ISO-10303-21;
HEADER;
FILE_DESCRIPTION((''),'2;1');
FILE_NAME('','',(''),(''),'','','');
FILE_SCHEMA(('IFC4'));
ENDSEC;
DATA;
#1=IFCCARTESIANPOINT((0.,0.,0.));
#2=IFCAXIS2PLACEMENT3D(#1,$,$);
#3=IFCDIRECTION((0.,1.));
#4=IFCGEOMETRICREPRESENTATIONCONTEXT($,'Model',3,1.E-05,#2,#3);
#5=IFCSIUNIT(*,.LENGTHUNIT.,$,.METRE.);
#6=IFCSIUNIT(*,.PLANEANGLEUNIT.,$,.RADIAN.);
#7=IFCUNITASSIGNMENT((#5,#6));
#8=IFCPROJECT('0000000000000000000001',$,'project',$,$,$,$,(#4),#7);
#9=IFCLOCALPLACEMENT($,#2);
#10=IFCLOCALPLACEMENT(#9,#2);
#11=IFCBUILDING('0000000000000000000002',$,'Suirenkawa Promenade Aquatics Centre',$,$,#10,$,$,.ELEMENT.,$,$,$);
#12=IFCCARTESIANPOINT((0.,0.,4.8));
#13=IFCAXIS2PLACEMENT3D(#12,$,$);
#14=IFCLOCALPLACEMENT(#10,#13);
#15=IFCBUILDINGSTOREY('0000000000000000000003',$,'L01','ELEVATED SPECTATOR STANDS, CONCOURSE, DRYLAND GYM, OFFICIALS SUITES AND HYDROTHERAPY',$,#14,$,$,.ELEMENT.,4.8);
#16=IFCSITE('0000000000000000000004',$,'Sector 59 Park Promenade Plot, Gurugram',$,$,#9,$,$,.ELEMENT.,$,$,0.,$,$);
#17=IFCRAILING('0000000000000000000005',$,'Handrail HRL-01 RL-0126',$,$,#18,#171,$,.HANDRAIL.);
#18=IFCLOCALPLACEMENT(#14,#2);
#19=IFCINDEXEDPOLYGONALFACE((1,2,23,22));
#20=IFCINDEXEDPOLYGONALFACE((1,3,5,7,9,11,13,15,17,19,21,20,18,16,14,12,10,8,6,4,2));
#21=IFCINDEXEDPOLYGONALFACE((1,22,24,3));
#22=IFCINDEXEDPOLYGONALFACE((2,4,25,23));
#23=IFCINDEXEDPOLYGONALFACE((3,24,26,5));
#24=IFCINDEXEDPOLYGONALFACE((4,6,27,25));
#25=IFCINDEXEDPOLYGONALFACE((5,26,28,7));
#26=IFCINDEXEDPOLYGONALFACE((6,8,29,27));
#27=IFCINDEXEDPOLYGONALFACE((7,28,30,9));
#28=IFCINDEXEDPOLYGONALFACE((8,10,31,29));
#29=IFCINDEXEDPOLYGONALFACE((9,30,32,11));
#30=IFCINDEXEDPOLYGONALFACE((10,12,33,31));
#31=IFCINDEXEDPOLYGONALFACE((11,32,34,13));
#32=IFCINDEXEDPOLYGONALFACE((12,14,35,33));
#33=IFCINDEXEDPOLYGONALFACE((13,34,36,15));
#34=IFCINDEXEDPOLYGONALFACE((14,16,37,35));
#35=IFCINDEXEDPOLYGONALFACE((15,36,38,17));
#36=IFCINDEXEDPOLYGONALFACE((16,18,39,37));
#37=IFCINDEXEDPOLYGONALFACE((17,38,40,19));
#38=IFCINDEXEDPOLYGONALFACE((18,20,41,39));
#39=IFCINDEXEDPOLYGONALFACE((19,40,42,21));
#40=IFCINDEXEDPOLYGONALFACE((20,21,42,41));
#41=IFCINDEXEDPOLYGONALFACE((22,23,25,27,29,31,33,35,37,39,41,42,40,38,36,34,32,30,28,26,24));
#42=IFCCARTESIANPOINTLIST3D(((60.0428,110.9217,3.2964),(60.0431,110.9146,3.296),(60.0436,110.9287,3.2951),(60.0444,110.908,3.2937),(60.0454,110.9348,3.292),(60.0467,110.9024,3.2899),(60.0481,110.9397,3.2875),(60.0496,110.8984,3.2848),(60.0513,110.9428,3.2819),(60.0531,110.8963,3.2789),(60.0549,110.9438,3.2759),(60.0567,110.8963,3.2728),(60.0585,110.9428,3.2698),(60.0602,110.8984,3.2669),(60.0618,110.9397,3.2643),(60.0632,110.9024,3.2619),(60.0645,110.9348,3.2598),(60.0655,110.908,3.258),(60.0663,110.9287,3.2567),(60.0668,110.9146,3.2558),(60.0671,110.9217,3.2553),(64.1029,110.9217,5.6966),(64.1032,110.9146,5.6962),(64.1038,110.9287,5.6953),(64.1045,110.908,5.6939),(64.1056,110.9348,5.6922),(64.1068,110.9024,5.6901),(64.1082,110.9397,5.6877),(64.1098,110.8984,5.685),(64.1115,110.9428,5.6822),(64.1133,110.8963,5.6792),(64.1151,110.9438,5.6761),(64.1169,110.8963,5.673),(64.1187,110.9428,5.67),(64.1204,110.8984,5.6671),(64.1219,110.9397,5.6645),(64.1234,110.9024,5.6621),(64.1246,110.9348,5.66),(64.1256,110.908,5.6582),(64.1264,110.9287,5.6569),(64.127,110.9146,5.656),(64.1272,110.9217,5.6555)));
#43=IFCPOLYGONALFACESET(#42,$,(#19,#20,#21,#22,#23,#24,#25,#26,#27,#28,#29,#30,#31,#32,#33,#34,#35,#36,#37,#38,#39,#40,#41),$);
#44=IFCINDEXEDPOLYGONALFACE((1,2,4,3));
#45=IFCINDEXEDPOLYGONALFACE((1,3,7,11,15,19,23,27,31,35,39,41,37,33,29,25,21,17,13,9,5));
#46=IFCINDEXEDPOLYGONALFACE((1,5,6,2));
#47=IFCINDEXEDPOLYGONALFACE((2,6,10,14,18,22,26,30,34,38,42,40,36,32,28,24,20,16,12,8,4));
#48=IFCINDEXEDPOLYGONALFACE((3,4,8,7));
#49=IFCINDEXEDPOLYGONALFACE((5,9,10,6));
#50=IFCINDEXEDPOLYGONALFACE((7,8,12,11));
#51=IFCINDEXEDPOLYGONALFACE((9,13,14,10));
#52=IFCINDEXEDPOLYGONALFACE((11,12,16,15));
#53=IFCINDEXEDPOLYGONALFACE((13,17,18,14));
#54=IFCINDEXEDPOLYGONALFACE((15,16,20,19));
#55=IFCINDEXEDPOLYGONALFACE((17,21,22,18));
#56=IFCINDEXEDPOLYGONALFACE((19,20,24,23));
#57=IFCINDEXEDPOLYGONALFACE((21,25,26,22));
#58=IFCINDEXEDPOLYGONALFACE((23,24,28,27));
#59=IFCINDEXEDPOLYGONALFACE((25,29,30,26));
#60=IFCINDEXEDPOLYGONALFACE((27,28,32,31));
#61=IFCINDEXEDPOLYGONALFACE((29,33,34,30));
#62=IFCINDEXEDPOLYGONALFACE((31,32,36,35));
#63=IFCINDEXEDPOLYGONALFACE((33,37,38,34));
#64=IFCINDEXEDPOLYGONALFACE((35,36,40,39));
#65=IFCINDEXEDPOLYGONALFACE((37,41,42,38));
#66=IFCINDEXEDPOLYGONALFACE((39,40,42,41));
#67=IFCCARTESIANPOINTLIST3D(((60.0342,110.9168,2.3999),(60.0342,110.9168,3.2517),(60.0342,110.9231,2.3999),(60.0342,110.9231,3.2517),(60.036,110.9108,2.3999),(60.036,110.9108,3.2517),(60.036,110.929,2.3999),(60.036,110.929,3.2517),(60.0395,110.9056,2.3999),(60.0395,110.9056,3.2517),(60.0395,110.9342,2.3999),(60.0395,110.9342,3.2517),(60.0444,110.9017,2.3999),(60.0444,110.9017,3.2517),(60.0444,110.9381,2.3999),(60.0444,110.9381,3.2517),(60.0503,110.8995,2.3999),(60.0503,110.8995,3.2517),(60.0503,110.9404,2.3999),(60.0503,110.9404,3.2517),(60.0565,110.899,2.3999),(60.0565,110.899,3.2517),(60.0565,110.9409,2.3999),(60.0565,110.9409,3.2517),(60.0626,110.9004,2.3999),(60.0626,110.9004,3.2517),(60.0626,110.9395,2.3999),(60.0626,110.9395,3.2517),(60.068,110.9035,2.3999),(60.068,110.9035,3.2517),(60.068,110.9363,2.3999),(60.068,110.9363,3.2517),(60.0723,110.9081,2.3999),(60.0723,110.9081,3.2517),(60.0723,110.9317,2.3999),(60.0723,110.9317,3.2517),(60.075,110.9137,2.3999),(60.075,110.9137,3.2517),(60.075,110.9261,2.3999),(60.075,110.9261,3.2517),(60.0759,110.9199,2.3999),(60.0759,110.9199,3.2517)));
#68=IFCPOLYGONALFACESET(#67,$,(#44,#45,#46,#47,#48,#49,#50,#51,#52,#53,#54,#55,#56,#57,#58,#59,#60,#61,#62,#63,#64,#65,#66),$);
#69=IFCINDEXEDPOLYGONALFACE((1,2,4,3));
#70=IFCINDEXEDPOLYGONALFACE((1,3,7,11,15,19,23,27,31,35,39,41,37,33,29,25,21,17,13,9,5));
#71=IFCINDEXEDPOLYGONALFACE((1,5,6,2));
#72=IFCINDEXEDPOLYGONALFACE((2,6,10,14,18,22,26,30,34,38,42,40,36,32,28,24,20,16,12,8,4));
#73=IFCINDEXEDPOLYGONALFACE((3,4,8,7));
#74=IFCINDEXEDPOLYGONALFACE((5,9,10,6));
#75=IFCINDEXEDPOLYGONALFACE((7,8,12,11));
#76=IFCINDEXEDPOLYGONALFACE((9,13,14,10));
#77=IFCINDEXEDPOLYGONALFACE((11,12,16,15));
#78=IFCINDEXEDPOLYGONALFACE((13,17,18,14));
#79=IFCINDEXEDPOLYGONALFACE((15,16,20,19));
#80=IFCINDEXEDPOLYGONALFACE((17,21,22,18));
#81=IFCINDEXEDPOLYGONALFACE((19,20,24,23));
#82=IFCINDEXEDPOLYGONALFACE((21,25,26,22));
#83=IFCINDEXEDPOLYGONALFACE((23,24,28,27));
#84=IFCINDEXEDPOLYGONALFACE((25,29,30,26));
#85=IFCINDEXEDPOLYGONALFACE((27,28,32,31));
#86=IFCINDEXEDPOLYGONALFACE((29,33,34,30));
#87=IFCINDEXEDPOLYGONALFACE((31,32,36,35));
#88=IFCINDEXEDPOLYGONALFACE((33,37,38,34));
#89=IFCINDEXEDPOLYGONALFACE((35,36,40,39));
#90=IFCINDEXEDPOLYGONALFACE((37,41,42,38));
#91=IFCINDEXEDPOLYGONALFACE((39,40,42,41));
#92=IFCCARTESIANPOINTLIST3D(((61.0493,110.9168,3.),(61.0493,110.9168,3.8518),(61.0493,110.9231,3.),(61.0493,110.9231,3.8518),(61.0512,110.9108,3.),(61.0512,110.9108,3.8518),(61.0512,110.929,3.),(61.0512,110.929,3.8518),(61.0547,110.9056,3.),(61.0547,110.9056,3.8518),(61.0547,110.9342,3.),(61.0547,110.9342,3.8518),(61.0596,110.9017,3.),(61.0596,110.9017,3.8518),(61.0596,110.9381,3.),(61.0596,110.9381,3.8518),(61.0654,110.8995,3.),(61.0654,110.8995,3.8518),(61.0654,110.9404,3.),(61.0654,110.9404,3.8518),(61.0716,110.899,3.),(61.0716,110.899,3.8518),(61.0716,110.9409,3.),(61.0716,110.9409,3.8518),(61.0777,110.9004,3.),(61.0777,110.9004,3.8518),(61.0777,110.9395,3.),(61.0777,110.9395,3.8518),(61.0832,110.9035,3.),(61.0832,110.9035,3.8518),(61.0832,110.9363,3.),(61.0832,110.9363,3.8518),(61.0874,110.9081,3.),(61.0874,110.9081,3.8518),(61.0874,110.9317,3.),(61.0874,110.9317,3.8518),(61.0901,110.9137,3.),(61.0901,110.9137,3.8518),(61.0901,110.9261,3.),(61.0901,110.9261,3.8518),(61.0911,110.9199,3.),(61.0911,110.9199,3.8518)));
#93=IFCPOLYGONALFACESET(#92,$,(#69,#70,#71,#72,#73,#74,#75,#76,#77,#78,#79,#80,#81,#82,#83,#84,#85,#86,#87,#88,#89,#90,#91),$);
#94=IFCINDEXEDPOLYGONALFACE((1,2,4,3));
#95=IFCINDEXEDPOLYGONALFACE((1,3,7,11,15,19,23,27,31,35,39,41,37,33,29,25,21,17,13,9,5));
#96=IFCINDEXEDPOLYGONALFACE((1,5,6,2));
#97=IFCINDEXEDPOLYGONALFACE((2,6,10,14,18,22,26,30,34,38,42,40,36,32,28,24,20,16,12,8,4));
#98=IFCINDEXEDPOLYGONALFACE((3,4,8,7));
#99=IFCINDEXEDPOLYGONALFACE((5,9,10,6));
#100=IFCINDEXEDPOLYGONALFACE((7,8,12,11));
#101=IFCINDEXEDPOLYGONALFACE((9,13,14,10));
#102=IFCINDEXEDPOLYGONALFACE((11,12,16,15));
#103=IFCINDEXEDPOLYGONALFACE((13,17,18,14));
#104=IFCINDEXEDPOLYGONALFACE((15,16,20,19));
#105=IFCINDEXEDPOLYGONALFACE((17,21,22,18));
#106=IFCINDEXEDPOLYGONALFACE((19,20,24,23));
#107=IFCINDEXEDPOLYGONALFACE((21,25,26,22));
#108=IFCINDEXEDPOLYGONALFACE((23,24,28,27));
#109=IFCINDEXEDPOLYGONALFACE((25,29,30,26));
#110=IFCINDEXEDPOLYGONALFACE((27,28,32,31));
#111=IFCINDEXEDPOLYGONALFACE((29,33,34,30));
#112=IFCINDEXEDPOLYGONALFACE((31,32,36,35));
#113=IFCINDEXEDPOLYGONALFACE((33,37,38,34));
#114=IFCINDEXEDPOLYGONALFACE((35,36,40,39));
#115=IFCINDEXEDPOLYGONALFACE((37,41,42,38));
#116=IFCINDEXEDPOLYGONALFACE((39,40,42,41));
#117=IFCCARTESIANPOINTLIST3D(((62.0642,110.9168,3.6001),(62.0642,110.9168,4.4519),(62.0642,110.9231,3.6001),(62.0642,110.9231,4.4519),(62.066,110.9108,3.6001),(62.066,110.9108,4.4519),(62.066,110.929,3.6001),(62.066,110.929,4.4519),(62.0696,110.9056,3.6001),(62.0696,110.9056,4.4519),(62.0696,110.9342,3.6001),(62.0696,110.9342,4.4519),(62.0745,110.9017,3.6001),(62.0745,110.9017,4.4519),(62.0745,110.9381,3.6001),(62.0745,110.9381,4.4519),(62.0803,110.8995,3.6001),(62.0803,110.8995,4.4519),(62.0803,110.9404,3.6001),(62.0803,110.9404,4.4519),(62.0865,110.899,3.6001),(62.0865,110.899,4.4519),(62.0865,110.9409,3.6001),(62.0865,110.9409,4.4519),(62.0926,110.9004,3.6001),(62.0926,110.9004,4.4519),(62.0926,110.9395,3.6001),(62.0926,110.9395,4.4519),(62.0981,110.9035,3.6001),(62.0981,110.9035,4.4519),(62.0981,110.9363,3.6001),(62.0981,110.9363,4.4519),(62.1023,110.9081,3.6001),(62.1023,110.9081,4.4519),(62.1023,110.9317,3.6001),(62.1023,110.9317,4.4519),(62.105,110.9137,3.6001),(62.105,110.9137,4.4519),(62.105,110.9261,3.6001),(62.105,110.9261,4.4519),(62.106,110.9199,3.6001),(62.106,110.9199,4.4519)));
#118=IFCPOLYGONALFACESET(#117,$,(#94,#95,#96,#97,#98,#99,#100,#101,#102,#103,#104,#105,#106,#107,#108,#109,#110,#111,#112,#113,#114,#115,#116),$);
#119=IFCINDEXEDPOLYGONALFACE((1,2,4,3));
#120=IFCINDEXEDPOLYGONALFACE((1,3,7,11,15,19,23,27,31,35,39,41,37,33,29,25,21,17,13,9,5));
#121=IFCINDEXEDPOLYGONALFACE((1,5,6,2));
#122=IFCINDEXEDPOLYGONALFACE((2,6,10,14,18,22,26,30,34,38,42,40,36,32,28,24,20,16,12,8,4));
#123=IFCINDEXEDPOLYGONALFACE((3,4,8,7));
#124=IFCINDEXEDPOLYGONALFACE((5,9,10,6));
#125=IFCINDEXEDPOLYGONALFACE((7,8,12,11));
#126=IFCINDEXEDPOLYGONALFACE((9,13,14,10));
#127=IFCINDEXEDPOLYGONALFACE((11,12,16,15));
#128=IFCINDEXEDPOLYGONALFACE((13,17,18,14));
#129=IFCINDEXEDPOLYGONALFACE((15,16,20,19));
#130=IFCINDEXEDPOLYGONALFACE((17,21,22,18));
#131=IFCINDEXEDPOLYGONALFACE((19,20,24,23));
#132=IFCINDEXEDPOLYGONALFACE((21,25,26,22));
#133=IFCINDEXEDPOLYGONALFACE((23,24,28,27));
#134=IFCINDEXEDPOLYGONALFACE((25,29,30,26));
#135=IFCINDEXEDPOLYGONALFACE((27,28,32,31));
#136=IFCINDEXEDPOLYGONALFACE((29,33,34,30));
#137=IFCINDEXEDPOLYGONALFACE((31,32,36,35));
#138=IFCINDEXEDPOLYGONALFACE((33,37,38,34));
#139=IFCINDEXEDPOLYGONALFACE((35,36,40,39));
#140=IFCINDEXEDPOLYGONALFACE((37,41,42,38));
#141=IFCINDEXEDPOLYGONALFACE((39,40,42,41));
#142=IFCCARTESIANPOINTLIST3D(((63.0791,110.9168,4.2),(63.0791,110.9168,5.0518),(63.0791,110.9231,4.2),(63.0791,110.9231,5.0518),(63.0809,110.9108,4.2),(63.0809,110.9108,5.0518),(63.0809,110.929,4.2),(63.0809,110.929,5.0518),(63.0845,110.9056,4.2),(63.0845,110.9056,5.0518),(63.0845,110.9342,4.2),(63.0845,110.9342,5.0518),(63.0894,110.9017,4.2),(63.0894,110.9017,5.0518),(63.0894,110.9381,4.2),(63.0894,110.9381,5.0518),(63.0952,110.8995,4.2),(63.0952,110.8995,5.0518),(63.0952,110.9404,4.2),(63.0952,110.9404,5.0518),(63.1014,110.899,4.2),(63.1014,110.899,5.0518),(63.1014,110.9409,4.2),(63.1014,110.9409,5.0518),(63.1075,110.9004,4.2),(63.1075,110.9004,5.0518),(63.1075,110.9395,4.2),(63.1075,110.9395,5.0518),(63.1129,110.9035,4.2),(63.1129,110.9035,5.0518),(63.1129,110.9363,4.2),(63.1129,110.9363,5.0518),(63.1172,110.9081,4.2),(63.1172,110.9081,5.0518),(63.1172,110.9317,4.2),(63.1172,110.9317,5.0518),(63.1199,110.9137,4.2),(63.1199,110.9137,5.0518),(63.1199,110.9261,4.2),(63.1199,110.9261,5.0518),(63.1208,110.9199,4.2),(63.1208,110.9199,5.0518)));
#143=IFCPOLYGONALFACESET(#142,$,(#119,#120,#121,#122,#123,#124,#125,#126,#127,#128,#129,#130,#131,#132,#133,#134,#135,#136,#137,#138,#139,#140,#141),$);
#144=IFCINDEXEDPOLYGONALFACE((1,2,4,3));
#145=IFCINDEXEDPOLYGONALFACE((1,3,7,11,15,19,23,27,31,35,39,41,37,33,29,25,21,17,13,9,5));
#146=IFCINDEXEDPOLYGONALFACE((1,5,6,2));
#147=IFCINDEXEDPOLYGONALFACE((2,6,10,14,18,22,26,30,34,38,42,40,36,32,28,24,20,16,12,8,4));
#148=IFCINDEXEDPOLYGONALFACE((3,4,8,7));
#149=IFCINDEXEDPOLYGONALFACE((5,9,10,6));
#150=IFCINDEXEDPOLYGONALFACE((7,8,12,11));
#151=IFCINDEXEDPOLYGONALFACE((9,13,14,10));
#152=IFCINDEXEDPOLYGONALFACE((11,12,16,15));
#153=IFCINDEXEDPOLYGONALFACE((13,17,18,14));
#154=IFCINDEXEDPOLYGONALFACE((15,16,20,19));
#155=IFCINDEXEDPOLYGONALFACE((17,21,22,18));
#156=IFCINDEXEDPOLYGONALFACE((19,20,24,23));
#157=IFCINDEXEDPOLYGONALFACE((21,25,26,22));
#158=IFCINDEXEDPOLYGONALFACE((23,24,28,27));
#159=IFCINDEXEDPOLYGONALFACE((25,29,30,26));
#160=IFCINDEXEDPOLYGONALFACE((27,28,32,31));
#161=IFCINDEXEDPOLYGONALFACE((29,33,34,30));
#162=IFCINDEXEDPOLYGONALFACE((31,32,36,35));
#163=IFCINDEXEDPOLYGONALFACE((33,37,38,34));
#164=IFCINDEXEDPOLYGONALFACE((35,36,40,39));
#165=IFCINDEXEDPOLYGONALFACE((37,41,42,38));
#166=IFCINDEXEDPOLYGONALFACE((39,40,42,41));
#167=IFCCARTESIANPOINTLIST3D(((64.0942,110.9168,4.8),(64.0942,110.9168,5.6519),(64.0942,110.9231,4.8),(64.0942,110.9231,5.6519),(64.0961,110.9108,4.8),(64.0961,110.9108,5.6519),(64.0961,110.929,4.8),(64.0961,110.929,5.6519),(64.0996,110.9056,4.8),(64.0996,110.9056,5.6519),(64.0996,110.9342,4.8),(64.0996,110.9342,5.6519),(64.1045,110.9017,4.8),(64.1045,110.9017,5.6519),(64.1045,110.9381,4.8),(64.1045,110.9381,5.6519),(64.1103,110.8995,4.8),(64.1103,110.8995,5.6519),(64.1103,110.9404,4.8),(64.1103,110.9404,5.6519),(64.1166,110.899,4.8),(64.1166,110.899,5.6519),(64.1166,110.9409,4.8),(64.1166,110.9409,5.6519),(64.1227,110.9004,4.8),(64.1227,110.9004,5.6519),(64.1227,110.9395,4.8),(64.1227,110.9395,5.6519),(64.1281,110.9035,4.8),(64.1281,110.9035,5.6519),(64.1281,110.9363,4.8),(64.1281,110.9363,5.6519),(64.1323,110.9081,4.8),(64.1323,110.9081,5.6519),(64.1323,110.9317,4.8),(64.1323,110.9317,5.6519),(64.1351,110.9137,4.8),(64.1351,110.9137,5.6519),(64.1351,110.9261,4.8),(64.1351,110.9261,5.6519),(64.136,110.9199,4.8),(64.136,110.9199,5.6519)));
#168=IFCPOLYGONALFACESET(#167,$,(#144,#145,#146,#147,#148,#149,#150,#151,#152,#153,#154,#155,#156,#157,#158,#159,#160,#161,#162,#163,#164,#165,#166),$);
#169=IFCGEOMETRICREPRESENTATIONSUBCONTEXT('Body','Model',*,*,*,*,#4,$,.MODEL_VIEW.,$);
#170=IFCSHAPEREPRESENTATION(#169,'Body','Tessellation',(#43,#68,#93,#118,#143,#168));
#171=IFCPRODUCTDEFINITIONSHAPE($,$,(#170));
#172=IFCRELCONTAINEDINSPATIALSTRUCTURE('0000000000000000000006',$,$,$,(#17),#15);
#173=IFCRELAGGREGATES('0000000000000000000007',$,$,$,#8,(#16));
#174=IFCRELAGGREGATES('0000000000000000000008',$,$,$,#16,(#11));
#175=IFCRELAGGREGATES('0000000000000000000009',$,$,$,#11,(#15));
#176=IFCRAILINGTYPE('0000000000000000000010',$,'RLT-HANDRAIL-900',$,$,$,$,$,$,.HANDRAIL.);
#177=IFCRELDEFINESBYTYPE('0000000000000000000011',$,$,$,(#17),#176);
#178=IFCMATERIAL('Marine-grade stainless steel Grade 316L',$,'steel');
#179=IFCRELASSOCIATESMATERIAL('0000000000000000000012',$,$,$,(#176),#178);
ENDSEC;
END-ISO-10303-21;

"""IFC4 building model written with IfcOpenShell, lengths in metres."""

from ifc_helpers import new_model, si_unit, direction, frame, origin, origin_2d, place, context, subcontext, project, spatial, circle, extrude, material, type_object, element, save


model = new_model("IFC4")

# Units and contexts
model_context = context("Model", 3, precision=1e-05, world=origin(), true_north=direction((0.0, 1.0)))
body_context = subcontext(model_context, "Body", "Model", "MODEL_VIEW")
ifc_project = project(units=[si_unit("LENGTHUNIT", "METRE"), si_unit("PLANEANGLEUNIT", "RADIAN")], contexts=[model_context])

# Site, building, storey
site_placement = place(None, origin())
site = spatial("IfcSite", under=ifc_project, at=site_placement, Name="Sector 59 Park Promenade Plot, Gurugram", CompositionType="ELEMENT", RefElevation=0.0)
building_placement = place(site_placement, origin())
building = spatial("IfcBuilding", under=site, at=building_placement, Name="Suirenkawa Promenade Aquatics Centre", CompositionType="ELEMENT")
storey_placement = place(building_placement, frame((0.0, 0.0, 4.8)))
storey = spatial("IfcBuildingStorey", under=building, at=storey_placement, Name="L01", Description="ELEVATED SPECTATOR STANDS, CONCOURSE, DRYLAND GYM, OFFICIALS SUITES AND HYDROTHERAPY", CompositionType="ELEMENT", Elevation=4.8)

# Railing
ifc_material_1 = material(Name="Marine-grade stainless steel Grade 316L", Category="steel")
railing_type_1 = type_object("IfcRailingType", Name="RLT-HANDRAIL-900", PredefinedType="HANDRAIL", material=ifc_material_1)
for number, where, name in (
    (1, (60.0549, 110.9199, 2.3999), "Handrail HRL-01 RL-0126"),
):
    element("IfcRailing", number, at=place(storey_placement, frame(where)), inside=storey, type_object=railing_type_1, Name=name, PredefinedType="HANDRAIL", context=body_context, shape_type="SweptSolid", body=[
        extrude(circle(Radius=0.0239, at=origin_2d()), frame((0.0, 0.0, 0.876), z_axis=(0.860832, 0.0, 0.50889), x_axis=(0.0, 1.0, 0.0)), (0.0, 0.0, 1.0), 4.7166),
        extrude(circle(Radius=0.021, at=origin_2d()), origin(), (0.0, 0.0, 1.0), 0.8518),
        extrude(circle(Radius=0.021, at=origin_2d()), frame((1.0151, 0.0, 0.6001)), (0.0, 0.0, 1.0), 0.8518),
        extrude(circle(Radius=0.021, at=origin_2d()), frame((2.03, 0.0, 1.2002)), (0.0, 0.0, 1.0), 0.8518),
        extrude(circle(Radius=0.021, at=origin_2d()), frame((3.0449, 0.0, 1.8)), (0.0, 0.0, 1.0), 0.8518),
        extrude(circle(Radius=0.021, at=origin_2d()), frame((4.0601, 0.0, 2.4001)), (0.0, 0.0, 1.0), 0.8518),
    ])

save(model, "model.ifc")
